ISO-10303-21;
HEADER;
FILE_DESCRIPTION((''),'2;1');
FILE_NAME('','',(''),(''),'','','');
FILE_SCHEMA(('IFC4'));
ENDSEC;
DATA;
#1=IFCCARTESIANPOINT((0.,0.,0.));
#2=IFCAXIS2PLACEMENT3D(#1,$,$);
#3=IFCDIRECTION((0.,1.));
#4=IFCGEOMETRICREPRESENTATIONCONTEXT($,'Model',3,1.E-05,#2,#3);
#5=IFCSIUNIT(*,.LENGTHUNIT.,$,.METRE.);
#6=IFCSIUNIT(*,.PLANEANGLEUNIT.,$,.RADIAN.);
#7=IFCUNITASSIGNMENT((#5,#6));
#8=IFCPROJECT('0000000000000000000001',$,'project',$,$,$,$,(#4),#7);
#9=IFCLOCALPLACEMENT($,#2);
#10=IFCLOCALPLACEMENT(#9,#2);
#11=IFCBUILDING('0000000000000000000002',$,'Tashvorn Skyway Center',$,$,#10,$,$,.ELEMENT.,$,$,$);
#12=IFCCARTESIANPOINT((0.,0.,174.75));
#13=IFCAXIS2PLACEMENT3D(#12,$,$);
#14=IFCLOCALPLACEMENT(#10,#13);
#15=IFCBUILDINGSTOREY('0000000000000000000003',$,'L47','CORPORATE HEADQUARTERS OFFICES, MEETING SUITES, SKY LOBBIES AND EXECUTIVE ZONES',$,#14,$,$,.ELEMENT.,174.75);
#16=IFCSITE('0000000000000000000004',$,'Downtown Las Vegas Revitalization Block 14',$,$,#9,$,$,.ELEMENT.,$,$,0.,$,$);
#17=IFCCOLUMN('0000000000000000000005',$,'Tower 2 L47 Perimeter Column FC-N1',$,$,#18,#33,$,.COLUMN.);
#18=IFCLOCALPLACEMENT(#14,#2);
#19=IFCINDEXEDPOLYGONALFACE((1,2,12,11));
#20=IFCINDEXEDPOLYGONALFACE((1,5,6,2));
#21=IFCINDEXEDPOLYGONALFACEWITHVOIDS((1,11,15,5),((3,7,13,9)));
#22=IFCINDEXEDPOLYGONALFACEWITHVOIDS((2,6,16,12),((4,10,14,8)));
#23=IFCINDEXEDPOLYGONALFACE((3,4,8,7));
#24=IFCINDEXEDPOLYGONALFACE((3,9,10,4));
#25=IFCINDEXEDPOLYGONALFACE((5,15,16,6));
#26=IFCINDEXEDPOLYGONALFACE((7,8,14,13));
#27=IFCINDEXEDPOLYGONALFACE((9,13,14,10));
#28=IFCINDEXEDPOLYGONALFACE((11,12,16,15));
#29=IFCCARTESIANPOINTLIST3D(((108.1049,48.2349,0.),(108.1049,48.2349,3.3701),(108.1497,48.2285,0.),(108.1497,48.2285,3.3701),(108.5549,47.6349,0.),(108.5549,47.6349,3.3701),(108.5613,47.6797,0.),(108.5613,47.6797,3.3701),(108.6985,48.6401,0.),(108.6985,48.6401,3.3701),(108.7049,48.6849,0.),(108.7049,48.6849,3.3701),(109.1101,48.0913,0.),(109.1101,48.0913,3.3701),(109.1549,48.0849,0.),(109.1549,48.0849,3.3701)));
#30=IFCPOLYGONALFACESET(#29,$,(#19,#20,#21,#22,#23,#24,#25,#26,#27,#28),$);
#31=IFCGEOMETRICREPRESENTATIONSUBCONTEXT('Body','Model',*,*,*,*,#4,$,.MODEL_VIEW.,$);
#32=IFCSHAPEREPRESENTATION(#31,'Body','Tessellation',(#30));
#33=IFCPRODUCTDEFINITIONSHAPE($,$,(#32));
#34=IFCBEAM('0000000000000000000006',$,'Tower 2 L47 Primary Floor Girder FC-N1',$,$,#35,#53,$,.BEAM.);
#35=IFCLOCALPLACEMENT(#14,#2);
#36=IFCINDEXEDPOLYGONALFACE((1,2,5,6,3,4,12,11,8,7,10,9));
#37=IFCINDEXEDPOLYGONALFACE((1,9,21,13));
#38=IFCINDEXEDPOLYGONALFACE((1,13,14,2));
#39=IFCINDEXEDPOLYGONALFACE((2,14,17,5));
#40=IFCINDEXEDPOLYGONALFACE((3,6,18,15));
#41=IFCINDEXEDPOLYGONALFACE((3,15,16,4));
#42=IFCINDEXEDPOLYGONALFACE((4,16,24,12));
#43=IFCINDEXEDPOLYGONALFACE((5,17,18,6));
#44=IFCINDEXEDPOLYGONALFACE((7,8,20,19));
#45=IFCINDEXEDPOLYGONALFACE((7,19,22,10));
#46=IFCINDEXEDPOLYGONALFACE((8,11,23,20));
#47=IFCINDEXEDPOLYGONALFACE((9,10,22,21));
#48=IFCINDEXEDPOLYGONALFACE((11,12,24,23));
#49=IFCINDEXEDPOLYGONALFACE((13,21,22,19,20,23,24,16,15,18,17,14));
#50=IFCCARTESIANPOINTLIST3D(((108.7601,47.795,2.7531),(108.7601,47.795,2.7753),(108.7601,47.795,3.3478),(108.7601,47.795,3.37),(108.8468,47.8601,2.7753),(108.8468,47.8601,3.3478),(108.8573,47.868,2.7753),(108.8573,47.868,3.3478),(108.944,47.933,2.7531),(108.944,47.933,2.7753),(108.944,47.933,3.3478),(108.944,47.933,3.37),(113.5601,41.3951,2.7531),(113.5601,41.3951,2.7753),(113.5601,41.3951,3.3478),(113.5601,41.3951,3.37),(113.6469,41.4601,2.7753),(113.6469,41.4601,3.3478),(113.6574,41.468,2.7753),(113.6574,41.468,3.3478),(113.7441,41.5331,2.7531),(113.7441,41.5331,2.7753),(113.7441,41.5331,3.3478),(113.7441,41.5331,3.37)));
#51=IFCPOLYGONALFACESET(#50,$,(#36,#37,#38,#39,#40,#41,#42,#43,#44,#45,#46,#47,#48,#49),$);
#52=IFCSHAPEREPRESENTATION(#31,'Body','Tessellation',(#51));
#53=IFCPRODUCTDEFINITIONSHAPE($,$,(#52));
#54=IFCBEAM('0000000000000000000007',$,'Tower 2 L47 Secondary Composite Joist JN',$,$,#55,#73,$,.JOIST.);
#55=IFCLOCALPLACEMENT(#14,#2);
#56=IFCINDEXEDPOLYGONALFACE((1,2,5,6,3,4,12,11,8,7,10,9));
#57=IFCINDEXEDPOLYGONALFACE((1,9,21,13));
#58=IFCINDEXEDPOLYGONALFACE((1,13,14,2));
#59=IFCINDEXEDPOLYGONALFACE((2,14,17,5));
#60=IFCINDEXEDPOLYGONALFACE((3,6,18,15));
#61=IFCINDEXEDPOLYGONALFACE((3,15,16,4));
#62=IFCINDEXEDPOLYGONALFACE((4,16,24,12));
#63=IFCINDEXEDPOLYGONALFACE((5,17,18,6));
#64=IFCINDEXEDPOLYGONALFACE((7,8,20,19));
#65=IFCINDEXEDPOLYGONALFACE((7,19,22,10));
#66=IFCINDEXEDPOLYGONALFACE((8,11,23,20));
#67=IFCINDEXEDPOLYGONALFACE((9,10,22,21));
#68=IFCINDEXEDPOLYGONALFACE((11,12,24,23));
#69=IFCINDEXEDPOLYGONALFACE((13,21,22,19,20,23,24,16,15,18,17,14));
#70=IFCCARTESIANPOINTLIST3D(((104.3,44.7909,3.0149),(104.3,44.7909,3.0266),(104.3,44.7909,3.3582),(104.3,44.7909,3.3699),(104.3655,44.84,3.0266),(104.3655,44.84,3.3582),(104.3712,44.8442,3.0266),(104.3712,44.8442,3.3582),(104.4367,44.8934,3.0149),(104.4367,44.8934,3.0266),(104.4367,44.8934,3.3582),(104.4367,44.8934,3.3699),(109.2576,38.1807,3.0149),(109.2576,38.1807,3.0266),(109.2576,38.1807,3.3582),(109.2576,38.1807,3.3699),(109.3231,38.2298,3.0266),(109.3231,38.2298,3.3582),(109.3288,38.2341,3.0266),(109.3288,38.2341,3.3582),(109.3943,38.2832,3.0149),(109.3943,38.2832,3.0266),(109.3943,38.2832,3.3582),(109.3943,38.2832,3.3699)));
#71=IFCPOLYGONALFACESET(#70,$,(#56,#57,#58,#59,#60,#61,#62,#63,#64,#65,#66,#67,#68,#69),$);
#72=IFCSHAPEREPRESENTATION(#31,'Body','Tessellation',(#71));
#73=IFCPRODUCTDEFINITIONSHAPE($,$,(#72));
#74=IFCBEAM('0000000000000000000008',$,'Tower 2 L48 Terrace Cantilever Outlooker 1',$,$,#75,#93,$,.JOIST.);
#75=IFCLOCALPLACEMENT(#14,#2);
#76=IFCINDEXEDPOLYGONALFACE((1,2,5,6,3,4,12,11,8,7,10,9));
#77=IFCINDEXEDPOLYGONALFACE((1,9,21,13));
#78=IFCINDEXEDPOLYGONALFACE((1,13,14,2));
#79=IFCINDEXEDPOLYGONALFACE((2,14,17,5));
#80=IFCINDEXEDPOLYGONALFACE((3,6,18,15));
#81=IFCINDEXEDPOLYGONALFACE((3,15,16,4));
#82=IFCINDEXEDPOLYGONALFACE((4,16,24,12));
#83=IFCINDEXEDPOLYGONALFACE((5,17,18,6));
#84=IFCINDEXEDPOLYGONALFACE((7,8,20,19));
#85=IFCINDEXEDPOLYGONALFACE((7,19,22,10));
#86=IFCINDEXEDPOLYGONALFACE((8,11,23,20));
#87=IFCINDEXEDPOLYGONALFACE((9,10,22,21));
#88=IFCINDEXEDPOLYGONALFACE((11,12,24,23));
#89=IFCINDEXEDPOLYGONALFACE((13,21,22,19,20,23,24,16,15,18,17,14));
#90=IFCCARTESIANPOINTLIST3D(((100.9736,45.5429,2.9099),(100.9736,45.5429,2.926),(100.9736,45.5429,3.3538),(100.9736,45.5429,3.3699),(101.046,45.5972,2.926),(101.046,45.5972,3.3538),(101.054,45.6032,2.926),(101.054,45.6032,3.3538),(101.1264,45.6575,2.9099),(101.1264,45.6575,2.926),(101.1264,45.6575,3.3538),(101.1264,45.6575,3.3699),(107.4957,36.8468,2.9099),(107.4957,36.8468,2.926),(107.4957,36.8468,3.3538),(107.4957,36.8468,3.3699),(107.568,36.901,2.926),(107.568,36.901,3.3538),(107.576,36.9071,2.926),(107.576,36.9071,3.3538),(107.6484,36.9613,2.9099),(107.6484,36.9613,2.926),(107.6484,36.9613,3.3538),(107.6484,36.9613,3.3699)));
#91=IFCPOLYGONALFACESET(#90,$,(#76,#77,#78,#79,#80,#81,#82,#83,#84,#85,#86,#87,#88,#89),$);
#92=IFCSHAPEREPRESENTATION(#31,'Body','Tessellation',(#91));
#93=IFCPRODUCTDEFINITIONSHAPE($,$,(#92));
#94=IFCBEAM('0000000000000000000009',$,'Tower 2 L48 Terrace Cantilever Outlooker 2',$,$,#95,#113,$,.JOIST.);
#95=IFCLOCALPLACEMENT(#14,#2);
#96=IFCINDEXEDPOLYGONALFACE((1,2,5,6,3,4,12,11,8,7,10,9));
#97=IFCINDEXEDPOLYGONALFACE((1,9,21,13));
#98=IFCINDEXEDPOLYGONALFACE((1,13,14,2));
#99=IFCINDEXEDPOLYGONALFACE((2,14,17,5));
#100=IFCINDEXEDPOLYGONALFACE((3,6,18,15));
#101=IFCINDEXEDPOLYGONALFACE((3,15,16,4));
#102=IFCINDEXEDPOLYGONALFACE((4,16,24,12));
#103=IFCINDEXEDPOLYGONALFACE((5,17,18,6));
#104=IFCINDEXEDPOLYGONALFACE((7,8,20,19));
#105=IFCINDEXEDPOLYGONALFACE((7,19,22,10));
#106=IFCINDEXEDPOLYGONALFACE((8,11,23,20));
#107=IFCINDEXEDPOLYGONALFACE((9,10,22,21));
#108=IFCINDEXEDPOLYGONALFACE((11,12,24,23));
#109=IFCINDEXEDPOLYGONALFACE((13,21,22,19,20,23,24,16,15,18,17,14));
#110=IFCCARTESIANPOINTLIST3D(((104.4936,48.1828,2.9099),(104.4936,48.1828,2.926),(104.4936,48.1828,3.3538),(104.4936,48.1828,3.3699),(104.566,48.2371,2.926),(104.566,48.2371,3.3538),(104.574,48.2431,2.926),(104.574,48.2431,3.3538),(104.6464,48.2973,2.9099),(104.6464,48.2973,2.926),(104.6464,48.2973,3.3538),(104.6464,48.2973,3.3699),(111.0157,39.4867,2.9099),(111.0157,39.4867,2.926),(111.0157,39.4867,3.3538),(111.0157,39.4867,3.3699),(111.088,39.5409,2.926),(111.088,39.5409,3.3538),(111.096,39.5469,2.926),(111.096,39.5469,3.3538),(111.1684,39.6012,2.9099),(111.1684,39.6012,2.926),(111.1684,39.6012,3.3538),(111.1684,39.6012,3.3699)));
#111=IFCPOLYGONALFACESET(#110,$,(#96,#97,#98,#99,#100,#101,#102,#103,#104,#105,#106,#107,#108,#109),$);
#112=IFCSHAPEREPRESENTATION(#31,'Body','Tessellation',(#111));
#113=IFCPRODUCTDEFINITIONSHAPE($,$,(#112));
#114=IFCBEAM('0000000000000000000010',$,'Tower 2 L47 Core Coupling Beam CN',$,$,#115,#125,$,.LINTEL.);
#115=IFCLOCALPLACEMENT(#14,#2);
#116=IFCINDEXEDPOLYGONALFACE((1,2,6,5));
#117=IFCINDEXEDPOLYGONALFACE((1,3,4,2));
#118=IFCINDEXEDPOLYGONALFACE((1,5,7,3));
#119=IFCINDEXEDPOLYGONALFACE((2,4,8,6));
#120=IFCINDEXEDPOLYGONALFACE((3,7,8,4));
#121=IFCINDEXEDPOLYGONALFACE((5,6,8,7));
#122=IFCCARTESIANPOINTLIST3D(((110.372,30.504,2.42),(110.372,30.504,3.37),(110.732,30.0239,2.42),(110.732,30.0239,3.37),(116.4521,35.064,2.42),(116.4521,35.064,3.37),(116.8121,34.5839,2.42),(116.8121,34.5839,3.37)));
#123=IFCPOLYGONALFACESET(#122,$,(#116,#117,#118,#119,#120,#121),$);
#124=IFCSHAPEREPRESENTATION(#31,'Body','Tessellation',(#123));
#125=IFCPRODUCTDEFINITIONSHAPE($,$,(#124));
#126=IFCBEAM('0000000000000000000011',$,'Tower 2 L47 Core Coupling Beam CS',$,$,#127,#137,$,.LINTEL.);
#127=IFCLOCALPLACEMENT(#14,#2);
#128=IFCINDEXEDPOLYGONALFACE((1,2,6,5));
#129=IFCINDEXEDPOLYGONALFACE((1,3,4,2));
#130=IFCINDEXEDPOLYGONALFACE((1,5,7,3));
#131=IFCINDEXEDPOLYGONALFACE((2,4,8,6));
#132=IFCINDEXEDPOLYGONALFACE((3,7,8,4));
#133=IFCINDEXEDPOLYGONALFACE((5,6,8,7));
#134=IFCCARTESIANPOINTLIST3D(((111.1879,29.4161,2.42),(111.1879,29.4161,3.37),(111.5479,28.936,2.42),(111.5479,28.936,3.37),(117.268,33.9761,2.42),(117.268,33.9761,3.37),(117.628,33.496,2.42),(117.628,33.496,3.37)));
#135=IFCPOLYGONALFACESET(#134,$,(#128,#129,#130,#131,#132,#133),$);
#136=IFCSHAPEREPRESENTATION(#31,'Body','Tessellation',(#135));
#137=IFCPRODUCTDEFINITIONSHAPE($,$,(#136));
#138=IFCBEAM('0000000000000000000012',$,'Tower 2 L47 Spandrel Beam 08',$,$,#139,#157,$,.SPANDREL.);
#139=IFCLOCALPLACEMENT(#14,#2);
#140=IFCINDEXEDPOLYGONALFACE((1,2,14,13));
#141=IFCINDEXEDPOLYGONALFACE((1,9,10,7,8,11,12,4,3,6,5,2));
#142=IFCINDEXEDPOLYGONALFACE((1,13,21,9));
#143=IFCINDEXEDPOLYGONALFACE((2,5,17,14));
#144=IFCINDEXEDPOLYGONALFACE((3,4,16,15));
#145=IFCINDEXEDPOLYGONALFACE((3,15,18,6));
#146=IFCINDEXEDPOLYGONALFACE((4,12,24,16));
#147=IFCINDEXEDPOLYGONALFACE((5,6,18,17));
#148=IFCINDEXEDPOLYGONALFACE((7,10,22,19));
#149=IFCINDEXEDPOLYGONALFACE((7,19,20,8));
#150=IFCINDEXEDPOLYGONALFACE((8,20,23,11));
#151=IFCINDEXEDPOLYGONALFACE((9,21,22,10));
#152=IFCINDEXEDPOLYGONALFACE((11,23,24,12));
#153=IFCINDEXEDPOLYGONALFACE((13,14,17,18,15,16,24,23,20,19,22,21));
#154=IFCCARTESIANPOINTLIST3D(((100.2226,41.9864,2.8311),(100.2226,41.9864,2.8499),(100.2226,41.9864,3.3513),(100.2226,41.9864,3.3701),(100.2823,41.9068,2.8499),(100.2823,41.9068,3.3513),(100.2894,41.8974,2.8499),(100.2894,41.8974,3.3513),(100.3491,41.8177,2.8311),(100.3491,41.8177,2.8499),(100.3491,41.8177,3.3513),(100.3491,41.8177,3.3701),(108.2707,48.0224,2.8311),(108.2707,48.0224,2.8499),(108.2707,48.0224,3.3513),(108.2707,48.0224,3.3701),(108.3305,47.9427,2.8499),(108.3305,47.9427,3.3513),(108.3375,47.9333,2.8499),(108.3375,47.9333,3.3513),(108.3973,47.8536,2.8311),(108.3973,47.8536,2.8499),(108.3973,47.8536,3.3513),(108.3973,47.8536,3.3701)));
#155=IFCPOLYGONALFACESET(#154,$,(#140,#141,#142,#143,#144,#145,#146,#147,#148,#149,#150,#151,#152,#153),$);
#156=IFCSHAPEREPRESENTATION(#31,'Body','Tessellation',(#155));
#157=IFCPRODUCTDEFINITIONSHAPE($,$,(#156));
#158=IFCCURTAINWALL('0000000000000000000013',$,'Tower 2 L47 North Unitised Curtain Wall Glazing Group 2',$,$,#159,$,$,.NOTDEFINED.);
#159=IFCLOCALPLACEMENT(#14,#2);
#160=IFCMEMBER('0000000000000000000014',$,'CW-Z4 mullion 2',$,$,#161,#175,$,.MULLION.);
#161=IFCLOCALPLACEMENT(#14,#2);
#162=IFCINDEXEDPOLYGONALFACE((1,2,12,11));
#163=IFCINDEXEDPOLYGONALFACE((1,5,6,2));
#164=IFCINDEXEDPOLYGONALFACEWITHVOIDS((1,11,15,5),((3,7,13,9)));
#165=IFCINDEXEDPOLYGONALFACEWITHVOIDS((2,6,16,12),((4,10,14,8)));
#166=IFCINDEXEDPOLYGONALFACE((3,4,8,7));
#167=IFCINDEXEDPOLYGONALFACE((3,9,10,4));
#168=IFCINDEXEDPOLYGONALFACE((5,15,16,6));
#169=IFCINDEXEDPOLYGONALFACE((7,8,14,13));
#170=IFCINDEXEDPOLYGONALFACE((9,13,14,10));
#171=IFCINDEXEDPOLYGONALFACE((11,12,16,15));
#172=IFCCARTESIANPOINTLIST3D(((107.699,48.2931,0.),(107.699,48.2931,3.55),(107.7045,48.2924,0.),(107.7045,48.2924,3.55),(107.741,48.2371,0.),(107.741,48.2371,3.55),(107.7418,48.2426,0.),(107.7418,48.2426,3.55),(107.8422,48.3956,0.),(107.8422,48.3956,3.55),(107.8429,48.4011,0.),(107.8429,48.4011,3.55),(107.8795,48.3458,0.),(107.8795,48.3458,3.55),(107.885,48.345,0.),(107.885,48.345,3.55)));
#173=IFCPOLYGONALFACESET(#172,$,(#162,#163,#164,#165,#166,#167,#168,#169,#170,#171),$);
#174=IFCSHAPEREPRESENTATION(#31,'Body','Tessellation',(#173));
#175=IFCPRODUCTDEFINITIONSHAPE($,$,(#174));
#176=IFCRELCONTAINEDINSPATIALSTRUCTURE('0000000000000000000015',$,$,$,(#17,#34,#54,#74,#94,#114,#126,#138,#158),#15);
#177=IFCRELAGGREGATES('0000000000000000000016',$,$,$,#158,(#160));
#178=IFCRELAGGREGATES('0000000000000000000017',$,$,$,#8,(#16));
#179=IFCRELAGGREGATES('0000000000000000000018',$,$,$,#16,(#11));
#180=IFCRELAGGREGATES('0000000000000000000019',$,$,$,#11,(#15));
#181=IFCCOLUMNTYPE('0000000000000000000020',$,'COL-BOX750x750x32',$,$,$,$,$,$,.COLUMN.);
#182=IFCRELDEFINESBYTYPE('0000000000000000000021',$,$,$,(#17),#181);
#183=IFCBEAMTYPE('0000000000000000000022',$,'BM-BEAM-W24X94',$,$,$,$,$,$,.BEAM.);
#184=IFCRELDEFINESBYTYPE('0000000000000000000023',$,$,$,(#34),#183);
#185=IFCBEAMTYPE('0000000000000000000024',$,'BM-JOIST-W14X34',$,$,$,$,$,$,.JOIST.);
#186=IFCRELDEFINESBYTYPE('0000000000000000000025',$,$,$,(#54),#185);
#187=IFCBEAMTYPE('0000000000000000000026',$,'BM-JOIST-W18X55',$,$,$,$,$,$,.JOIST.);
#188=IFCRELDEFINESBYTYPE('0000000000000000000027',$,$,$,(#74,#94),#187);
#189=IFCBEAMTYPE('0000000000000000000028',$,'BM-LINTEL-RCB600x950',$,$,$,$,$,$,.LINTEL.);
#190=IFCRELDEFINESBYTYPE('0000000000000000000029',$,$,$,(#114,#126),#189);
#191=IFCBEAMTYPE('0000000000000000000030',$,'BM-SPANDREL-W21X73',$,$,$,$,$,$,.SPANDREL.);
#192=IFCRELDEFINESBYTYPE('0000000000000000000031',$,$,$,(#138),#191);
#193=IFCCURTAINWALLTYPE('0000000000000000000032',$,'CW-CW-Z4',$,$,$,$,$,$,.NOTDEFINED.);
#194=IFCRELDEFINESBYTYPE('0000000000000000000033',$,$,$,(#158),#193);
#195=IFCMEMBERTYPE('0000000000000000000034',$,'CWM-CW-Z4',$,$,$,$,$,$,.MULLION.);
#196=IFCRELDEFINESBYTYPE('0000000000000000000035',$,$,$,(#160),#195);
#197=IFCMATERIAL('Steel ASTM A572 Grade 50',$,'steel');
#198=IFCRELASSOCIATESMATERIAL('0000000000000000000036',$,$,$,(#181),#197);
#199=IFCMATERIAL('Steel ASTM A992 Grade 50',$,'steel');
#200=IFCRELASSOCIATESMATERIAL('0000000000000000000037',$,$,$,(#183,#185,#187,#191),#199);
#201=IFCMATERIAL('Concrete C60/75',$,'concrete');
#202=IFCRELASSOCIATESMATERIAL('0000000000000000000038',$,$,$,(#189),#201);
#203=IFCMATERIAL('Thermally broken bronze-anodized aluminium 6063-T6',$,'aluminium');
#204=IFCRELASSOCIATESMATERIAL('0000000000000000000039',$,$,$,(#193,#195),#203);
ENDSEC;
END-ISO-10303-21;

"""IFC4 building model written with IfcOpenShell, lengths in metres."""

from ifc_helpers import new_model, si_unit, direction, frame, origin, origin_2d, place, context, subcontext, project, spatial, rectangle, hollow_rectangle, i_section, extrude, material, material_profile, profile_set, type_object, element, aggregate, save


model = new_model("IFC4")

# Units and contexts
model_context = context("Model", 3, precision=1e-05, world=origin(), true_north=direction((0.0, 1.0)))
body_context = subcontext(model_context, "Body", "Model", "MODEL_VIEW")
ifc_project = project(units=[si_unit("LENGTHUNIT", "METRE"), si_unit("PLANEANGLEUNIT", "RADIAN")], contexts=[model_context])

# Site, building, storey
site_placement = place(None, origin())
site = spatial("IfcSite", under=ifc_project, at=site_placement, Name="Downtown Las Vegas Revitalization Block 14", CompositionType="ELEMENT", RefElevation=0.0)
building_placement = place(site_placement, origin())
building = spatial("IfcBuilding", under=site, at=building_placement, Name="Tashvorn Skyway Center", CompositionType="ELEMENT")
storey_placement = place(building_placement, frame((0.0, 0.0, 174.75)))
storey = spatial("IfcBuildingStorey", under=building, at=storey_placement, Name="L47", Description="CORPORATE HEADQUARTERS OFFICES, MEETING SUITES, SKY LOBBIES AND EXECUTIVE ZONES", CompositionType="ELEMENT", Elevation=174.75)

# Column
ifc_material_1 = material(Name="Steel ASTM A572 Grade 50", Category="steel")
ifc_material_profile_1 = material_profile(ifc_material_1, hollow_rectangle(XDim=0.75, YDim=0.75, WallThickness=0.032, at=origin_2d()), Name="BOX750x750x32")
ifc_profile_set_1 = profile_set([ifc_material_profile_1], Name="Steel ASTM A572 Grade 50")
column_type = type_object("IfcColumnType", Name="COL-BOX750x750x32", PredefinedType="COLUMN", material=ifc_profile_set_1)
column_placement = place(storey_placement, frame((108.6299, 48.1599, 0.0), z_axis=(0.0, 0.0, 1.0), x_axis=(0.8, 0.6, 0.0)))
element("IfcColumn", 1, at=column_placement, inside=storey, type_object=column_type, Name="Tower 2 L47 Perimeter Column FC-N1", PredefinedType="COLUMN", context=body_context, shape_type="SweptSolid", body=[
    extrude(hollow_rectangle(XDim=0.75, YDim=0.75, WallThickness=0.032, at=origin_2d()), origin(), (0.0, 0.0, 1.0), 3.3701),
])

# Beams
ifc_material_2 = material(Name="Steel ASTM A992 Grade 50", Category="steel")
ifc_material_profile_2 = material_profile(ifc_material_2, i_section(OverallWidth=0.23, OverallDepth=0.6169, WebThickness=0.0132, FlangeThickness=0.0222, at=origin_2d()), Name="W24X94")
ifc_profile_set_2 = profile_set([ifc_material_profile_2], Name="Steel ASTM A992 Grade 50")
beam_type_1 = type_object("IfcBeamType", Name="BM-BEAM-W24X94", PredefinedType="BEAM", material=ifc_profile_set_2)
beam_1_placement = place(storey_placement, frame((108.8521, 47.864, 3.0615), z_axis=(0.60001, -0.799993, 0.0), x_axis=(0.799993, 0.60001, 0.0)))
element("IfcBeam", 2, at=beam_1_placement, inside=storey, type_object=beam_type_1, Name="Tower 2 L47 Primary Floor Girder FC-N1", PredefinedType="BEAM", context=body_context, shape_type="SweptSolid", body=[
    extrude(i_section(OverallWidth=0.23, OverallDepth=0.6169, WebThickness=0.0132, FlangeThickness=0.0222, at=origin_2d()), origin(), (0.0, 0.0, 1.0), 8.0),
])
ifc_material_profile_3 = material_profile(ifc_material_2, i_section(OverallWidth=0.1709, OverallDepth=0.355, WebThickness=0.0071, FlangeThickness=0.0117, at=origin_2d()), Name="W14X34")
ifc_profile_set_3 = profile_set([ifc_material_profile_3], Name="Steel ASTM A992 Grade 50")
beam_type_2 = type_object("IfcBeamType", Name="BM-JOIST-W14X34", PredefinedType="JOIST", material=ifc_profile_set_3)
beam_2_placement = place(storey_placement, frame((109.3259, 38.2319, 3.1924), z_axis=(-0.599995, 0.800004, 0.0), x_axis=(-0.800004, -0.599995, 0.0)))
element("IfcBeam", 3, at=beam_2_placement, inside=storey, type_object=beam_type_2, Name="Tower 2 L47 Secondary Composite Joist JN", PredefinedType="JOIST", context=body_context, shape_type="SweptSolid", body=[
    extrude(i_section(OverallWidth=0.1709, OverallDepth=0.355, WebThickness=0.0071, FlangeThickness=0.0117, at=origin_2d()), origin(), (0.0, 0.0, 1.0), 8.2627),
])
ifc_material_profile_4 = material_profile(ifc_material_2, i_section(OverallWidth=0.1909, OverallDepth=0.46, WebThickness=0.01, FlangeThickness=0.0161, at=origin_2d()), Name="W18X55")
ifc_profile_set_4 = profile_set([ifc_material_profile_4], Name="Steel ASTM A992 Grade 50")
beam_type_3 = type_object("IfcBeamType", Name="BM-JOIST-W18X55", PredefinedType="JOIST", material=ifc_profile_set_4)
for number, where, z_axis, x_axis, name in (
    (4, (107.572, 36.9041, 3.1399), (-0.599996, 0.800003, 0.0), (-0.800003, -0.599996, 0.0), "Tower 2 L48 Terrace Cantilever Outlooker 1"),
    (5, (111.092, 39.5439, 3.1399), (-0.599996, 0.800003, 0.0), (-0.800003, -0.599996, 0.0), "Tower 2 L48 Terrace Cantilever Outlooker 2"),
):
    element("IfcBeam", number, at=place(storey_placement, frame(where, z_axis=z_axis, x_axis=x_axis)), inside=storey, type_object=beam_type_3, Name=name, PredefinedType="JOIST", context=body_context, shape_type="SweptSolid", body=[
        extrude(i_section(OverallWidth=0.1909, OverallDepth=0.46, WebThickness=0.01, FlangeThickness=0.0161, at=origin_2d()), origin(), (0.0, 0.0, 1.0), 10.8701),
    ])
ifc_material_3 = material(Name="Concrete C60/75", Category="concrete")
ifc_material_profile_5 = material_profile(ifc_material_3, rectangle(XDim=0.6001, YDim=0.95, at=origin_2d()), Name="RCB600x950")
ifc_profile_set_5 = profile_set([ifc_material_profile_5], Name="Concrete C60/75")
beam_type_4 = type_object("IfcBeamType", Name="BM-LINTEL-RCB600x950", PredefinedType="LINTEL", material=ifc_profile_set_5)
for number, where, z_axis, x_axis, name in (
    (6, (110.552, 30.2639, 2.895), (0.8, 0.6, 0.0), (-0.6, 0.8, 0.0), "Tower 2 L47 Core Coupling Beam CN"),
    (7, (111.3679, 29.176, 2.895), (0.8, 0.6, 0.0), (-0.6, 0.8, 0.0), "Tower 2 L47 Core Coupling Beam CS"),
):
    element("IfcBeam", number, at=place(storey_placement, frame(where, z_axis=z_axis, x_axis=x_axis)), inside=storey, type_object=beam_type_4, Name=name, PredefinedType="LINTEL", context=body_context, shape_type="SweptSolid", body=[
        extrude(rectangle(XDim=0.6001, YDim=0.95, at=origin_2d()), origin(), (0.0, 0.0, 1.0), 7.6001),
    ])
ifc_material_profile_6 = material_profile(ifc_material_2, i_section(OverallWidth=0.2109, OverallDepth=0.5391, WebThickness=0.0117, FlangeThickness=0.0188, at=origin_2d()), Name="W21X73")
ifc_profile_set_6 = profile_set([ifc_material_profile_6], Name="Steel ASTM A992 Grade 50")
beam_type_5 = type_object("IfcBeamType", Name="BM-SPANDREL-W21X73", PredefinedType="SPANDREL", material=ifc_profile_set_6)
beam_3_placement = place(storey_placement, frame((108.334, 47.938, 3.1006), z_axis=(-0.800009, -0.599988, 0.0), x_axis=(0.599988, -0.800009, 0.0)))
element("IfcBeam", 8, at=beam_3_placement, inside=storey, type_object=beam_type_5, Name="Tower 2 L47 Spandrel Beam 08", PredefinedType="SPANDREL", context=body_context, shape_type="SweptSolid", body=[
    extrude(i_section(OverallWidth=0.2109, OverallDepth=0.5391, WebThickness=0.0117, FlangeThickness=0.0188, at=origin_2d()), origin(), (0.0, 0.0, 1.0), 10.0601),
])

# Curtain wall, member
ifc_material_4 = material(Name="Thermally broken bronze-anodized aluminium 6063-T6", Category="aluminium")
curtain_wall_type = type_object("IfcCurtainWallType", Name="CW-CW-Z4", PredefinedType="NOTDEFINED", material=ifc_material_4)
curtain_wall_1_placement = place(storey_placement, origin())
curtain_wall_1 = element("IfcCurtainWall", 9, at=curtain_wall_1_placement, inside=storey, type_object=curtain_wall_type, Name="Tower 2 L47 North Unitised Curtain Wall Glazing Group 2", PredefinedType="NOTDEFINED")
ifc_material_profile_7 = material_profile(ifc_material_4, hollow_rectangle(XDim=0.0701, YDim=0.1799, WallThickness=0.0039, at=origin_2d()), Name="ALU-MULL-70x180")
ifc_profile_set_7 = profile_set([ifc_material_profile_7], Name="Thermally broken bronze-anodized aluminium 6063-T6")
member_type_1 = type_object("IfcMemberType", Name="CWM-CW-Z4", PredefinedType="MULLION", material=ifc_profile_set_7)
member_1_placement = place(storey_placement, frame((107.792, 48.3191, 0.0), z_axis=(0.0, 0.0, 1.0), x_axis=(-0.6, 0.8, 0.0)))
member_1 = element("IfcMember", 10, at=member_1_placement, type_object=member_type_1, Name="CW-Z4 mullion 2", PredefinedType="MULLION", context=body_context, shape_type="SweptSolid", body=[
    extrude(hollow_rectangle(XDim=0.0701, YDim=0.1799, WallThickness=0.0039, at=origin_2d()), origin(), (0.0, 0.0, 1.0), 3.55),
])
aggregate(curtain_wall_1, [member_1])

save(model, "model.ifc")
